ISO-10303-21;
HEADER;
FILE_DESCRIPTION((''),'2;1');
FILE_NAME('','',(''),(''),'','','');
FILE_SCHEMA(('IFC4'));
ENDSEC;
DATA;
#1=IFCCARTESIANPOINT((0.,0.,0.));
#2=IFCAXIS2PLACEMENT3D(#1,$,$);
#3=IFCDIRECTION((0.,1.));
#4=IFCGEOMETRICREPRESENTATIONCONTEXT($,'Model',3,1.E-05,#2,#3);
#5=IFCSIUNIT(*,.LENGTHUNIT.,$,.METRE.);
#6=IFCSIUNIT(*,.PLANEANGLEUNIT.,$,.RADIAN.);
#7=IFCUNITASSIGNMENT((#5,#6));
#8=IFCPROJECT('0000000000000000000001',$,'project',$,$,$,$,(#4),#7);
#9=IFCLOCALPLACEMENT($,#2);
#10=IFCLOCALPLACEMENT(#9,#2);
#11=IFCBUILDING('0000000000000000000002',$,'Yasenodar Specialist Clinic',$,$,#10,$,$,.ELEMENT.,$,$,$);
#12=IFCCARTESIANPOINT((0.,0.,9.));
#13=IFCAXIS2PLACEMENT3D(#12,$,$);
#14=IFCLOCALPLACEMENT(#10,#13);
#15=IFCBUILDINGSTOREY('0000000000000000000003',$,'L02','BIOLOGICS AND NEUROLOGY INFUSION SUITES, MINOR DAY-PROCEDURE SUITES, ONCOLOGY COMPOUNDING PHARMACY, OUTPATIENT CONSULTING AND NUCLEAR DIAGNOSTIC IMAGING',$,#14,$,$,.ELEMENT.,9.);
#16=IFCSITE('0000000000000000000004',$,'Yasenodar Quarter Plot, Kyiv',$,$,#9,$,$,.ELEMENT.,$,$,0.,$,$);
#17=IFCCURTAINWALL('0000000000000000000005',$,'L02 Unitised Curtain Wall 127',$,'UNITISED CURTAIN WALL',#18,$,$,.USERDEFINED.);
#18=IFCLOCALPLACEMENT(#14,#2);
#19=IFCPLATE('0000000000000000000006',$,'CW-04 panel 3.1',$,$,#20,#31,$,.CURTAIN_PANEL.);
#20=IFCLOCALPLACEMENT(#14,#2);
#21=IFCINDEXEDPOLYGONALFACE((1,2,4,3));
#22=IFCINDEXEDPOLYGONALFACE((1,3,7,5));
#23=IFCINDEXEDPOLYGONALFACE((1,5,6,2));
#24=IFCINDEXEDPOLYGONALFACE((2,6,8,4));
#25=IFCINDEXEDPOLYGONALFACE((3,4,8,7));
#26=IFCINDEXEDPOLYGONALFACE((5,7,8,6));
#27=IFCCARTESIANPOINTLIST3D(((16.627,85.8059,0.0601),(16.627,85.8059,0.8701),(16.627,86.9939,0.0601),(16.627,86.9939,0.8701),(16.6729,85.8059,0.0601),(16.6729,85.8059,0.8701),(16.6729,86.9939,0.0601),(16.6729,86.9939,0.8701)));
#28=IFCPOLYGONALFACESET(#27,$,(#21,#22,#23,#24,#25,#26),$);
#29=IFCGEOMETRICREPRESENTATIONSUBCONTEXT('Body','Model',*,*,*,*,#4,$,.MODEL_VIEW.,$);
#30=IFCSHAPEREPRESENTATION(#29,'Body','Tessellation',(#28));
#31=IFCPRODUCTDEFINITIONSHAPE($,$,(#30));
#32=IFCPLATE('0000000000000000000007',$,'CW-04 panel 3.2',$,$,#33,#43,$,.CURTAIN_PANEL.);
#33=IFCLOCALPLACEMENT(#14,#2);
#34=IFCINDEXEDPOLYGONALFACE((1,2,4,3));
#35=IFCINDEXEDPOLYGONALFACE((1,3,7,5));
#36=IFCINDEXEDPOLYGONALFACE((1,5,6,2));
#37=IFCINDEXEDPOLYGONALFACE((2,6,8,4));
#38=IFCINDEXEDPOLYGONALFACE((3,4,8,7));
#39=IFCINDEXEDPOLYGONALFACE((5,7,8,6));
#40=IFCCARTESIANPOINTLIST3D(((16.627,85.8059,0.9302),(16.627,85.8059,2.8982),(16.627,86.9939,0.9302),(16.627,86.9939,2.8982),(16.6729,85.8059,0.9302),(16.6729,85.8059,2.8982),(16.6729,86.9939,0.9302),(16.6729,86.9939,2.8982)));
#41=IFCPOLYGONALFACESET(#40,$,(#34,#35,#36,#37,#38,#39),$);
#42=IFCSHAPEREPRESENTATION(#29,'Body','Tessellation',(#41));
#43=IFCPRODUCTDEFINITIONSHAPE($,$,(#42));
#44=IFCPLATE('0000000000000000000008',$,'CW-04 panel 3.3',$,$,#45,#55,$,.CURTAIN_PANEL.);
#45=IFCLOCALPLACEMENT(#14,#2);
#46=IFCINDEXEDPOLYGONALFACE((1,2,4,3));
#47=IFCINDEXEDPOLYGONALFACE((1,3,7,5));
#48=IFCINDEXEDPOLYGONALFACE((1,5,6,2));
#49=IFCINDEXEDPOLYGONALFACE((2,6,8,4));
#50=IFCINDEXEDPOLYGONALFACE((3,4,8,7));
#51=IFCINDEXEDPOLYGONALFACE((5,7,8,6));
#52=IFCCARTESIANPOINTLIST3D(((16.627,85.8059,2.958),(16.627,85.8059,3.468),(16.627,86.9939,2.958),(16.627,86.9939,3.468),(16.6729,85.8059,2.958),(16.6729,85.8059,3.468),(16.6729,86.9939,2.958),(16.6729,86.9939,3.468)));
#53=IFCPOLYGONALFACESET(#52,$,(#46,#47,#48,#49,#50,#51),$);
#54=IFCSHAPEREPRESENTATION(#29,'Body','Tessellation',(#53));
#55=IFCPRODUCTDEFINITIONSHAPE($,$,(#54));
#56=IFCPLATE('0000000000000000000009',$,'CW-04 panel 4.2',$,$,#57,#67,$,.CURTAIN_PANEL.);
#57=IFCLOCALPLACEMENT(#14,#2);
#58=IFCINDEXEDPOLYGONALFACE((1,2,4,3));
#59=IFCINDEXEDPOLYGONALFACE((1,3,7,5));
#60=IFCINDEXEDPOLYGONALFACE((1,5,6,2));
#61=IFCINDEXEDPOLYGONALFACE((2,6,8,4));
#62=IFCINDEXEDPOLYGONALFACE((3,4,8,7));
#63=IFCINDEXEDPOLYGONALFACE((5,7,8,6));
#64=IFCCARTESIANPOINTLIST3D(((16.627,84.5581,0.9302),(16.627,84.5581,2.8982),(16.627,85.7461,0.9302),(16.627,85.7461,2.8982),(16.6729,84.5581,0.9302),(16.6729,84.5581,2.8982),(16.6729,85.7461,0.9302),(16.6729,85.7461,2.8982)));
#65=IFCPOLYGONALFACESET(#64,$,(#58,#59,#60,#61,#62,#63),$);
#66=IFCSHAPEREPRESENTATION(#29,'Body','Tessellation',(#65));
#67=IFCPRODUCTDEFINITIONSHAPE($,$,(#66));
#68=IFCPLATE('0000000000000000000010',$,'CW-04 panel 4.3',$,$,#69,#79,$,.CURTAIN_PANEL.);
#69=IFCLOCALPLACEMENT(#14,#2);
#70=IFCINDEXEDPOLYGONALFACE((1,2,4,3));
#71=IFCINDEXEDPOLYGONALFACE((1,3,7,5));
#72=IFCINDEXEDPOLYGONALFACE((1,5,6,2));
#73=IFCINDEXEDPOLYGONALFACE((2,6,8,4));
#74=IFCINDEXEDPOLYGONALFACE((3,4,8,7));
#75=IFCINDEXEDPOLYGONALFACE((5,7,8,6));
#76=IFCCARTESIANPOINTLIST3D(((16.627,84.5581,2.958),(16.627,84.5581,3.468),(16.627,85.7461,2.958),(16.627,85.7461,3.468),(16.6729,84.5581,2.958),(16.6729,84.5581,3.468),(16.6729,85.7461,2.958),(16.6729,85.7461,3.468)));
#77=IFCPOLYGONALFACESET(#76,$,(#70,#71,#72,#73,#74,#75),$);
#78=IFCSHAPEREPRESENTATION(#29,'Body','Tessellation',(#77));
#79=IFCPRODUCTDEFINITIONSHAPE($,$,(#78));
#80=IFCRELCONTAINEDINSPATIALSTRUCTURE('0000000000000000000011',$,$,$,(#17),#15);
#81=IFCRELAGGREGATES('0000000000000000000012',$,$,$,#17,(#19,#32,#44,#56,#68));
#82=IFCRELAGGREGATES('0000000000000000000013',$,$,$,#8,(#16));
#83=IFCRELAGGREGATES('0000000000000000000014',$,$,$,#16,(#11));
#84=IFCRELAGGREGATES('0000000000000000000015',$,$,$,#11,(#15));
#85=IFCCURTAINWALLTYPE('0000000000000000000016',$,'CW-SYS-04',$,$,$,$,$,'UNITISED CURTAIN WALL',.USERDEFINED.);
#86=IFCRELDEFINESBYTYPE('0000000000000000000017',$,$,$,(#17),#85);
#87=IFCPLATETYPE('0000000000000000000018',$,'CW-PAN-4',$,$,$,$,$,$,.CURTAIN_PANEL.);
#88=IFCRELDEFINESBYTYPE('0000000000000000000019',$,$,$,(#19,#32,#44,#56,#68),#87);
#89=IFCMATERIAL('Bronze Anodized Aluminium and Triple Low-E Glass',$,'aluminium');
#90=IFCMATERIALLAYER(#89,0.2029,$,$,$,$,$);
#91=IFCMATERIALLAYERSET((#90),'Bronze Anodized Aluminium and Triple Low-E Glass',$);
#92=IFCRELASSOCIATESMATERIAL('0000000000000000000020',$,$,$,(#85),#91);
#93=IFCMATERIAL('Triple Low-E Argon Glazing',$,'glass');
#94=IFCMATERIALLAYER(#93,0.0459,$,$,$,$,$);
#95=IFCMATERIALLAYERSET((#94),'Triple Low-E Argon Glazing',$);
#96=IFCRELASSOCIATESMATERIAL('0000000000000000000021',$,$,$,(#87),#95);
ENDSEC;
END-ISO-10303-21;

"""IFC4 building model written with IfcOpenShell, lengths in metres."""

from ifc_helpers import new_model, si_unit, direction, frame, origin, origin_2d, place, context, subcontext, project, spatial, rectangle, extrude, material, layer, layer_set, type_object, element, aggregate, save


model = new_model("IFC4")

# Units and contexts
model_context = context("Model", 3, precision=1e-05, world=origin(), true_north=direction((0.0, 1.0)))
body_context = subcontext(model_context, "Body", "Model", "MODEL_VIEW")
ifc_project = project(units=[si_unit("LENGTHUNIT", "METRE"), si_unit("PLANEANGLEUNIT", "RADIAN")], contexts=[model_context])

# Site, building, storey
site_placement = place(None, origin())
site = spatial("IfcSite", under=ifc_project, at=site_placement, Name="Yasenodar Quarter Plot, Kyiv", CompositionType="ELEMENT", RefElevation=0.0)
building_placement = place(site_placement, origin())
building = spatial("IfcBuilding", under=site, at=building_placement, Name="Yasenodar Specialist Clinic", CompositionType="ELEMENT")
storey_placement = place(building_placement, frame((0.0, 0.0, 9.0)))
storey = spatial("IfcBuildingStorey", under=building, at=storey_placement, Name="L02", Description="BIOLOGICS AND NEUROLOGY INFUSION SUITES, MINOR DAY-PROCEDURE SUITES, ONCOLOGY COMPOUNDING PHARMACY, OUTPATIENT CONSULTING AND NUCLEAR DIAGNOSTIC IMAGING", CompositionType="ELEMENT", Elevation=9.0)

# Curtain wall, plates
ifc_material_1 = material(Name="Bronze Anodized Aluminium and Triple Low-E Glass", Category="aluminium")
ifc_layer_1 = layer(ifc_material_1, 0.2029)
ifc_layer_set_1 = layer_set([ifc_layer_1], Name="Bronze Anodized Aluminium and Triple Low-E Glass")
curtain_wall_type = type_object("IfcCurtainWallType", Name="CW-SYS-04", ElementType="UNITISED CURTAIN WALL", PredefinedType="USERDEFINED", material=ifc_layer_set_1)
curtain_wall_placement = place(storey_placement, origin())
curtain_wall = element("IfcCurtainWall", 1, at=curtain_wall_placement, inside=storey, type_object=curtain_wall_type, Name="L02 Unitised Curtain Wall 127", ObjectType="UNITISED CURTAIN WALL", PredefinedType="USERDEFINED")
ifc_material_2 = material(Name="Triple Low-E Argon Glazing", Category="glass")
ifc_layer_2 = layer(ifc_material_2, 0.0459)
ifc_layer_set_2 = layer_set([ifc_layer_2], Name="Triple Low-E Argon Glazing")
plate_type = type_object("IfcPlateType", Name="CW-PAN-4", PredefinedType="CURTAIN_PANEL", material=ifc_layer_set_2)
plate_1_placement = place(storey_placement, frame((16.6499, 86.3999, 0.0601), z_axis=(0.0, 0.0, 1.0), x_axis=(0.0, -1.0, 0.0)))
plate_1 = element("IfcPlate", 2, at=plate_1_placement, type_object=plate_type, Name="CW-04 panel 3.1", PredefinedType="CURTAIN_PANEL", context=body_context, shape_type="SweptSolid", body=[
    extrude(rectangle(XDim=1.188, YDim=0.0459, at=origin_2d()), origin(), (0.0, 0.0, 1.0), 0.8101),
])
plate_2_placement = place(storey_placement, frame((16.6499, 86.3999, 0.9302), z_axis=(0.0, 0.0, 1.0), x_axis=(0.0, -1.0, 0.0)))
plate_2 = element("IfcPlate", 3, at=plate_2_placement, type_object=plate_type, Name="CW-04 panel 3.2", PredefinedType="CURTAIN_PANEL", context=body_context, shape_type="SweptSolid", body=[
    extrude(rectangle(XDim=1.188, YDim=0.0459, at=origin_2d()), origin(), (0.0, 0.0, 1.0), 1.968),
])
plate_3_placement = place(storey_placement, frame((16.6499, 86.3999, 2.958), z_axis=(0.0, 0.0, 1.0), x_axis=(0.0, -1.0, 0.0)))
plate_3 = element("IfcPlate", 4, at=plate_3_placement, type_object=plate_type, Name="CW-04 panel 3.3", PredefinedType="CURTAIN_PANEL", context=body_context, shape_type="SweptSolid", body=[
    extrude(rectangle(XDim=1.188, YDim=0.0459, at=origin_2d()), origin(), (0.0, 0.0, 1.0), 0.51),
])
plate_4_placement = place(storey_placement, frame((16.6499, 85.1521, 0.9302), z_axis=(0.0, 0.0, 1.0), x_axis=(0.0, -1.0, 0.0)))
plate_4 = element("IfcPlate", 5, at=plate_4_placement, type_object=plate_type, Name="CW-04 panel 4.2", PredefinedType="CURTAIN_PANEL", context=body_context, shape_type="SweptSolid", body=[
    extrude(rectangle(XDim=1.188, YDim=0.0459, at=origin_2d()), origin(), (0.0, 0.0, 1.0), 1.968),
])
plate_5_placement = place(storey_placement, frame((16.6499, 85.1521, 2.958), z_axis=(0.0, 0.0, 1.0), x_axis=(0.0, -1.0, 0.0)))
plate_5 = element("IfcPlate", 6, at=plate_5_placement, type_object=plate_type, Name="CW-04 panel 4.3", PredefinedType="CURTAIN_PANEL", context=body_context, shape_type="SweptSolid", body=[
    extrude(rectangle(XDim=1.188, YDim=0.0459, at=origin_2d()), origin(), (0.0, 0.0, 1.0), 0.51),
])
aggregate(curtain_wall, [plate_1, plate_2, plate_3, plate_4, plate_5])

save(model, "model.ifc")
